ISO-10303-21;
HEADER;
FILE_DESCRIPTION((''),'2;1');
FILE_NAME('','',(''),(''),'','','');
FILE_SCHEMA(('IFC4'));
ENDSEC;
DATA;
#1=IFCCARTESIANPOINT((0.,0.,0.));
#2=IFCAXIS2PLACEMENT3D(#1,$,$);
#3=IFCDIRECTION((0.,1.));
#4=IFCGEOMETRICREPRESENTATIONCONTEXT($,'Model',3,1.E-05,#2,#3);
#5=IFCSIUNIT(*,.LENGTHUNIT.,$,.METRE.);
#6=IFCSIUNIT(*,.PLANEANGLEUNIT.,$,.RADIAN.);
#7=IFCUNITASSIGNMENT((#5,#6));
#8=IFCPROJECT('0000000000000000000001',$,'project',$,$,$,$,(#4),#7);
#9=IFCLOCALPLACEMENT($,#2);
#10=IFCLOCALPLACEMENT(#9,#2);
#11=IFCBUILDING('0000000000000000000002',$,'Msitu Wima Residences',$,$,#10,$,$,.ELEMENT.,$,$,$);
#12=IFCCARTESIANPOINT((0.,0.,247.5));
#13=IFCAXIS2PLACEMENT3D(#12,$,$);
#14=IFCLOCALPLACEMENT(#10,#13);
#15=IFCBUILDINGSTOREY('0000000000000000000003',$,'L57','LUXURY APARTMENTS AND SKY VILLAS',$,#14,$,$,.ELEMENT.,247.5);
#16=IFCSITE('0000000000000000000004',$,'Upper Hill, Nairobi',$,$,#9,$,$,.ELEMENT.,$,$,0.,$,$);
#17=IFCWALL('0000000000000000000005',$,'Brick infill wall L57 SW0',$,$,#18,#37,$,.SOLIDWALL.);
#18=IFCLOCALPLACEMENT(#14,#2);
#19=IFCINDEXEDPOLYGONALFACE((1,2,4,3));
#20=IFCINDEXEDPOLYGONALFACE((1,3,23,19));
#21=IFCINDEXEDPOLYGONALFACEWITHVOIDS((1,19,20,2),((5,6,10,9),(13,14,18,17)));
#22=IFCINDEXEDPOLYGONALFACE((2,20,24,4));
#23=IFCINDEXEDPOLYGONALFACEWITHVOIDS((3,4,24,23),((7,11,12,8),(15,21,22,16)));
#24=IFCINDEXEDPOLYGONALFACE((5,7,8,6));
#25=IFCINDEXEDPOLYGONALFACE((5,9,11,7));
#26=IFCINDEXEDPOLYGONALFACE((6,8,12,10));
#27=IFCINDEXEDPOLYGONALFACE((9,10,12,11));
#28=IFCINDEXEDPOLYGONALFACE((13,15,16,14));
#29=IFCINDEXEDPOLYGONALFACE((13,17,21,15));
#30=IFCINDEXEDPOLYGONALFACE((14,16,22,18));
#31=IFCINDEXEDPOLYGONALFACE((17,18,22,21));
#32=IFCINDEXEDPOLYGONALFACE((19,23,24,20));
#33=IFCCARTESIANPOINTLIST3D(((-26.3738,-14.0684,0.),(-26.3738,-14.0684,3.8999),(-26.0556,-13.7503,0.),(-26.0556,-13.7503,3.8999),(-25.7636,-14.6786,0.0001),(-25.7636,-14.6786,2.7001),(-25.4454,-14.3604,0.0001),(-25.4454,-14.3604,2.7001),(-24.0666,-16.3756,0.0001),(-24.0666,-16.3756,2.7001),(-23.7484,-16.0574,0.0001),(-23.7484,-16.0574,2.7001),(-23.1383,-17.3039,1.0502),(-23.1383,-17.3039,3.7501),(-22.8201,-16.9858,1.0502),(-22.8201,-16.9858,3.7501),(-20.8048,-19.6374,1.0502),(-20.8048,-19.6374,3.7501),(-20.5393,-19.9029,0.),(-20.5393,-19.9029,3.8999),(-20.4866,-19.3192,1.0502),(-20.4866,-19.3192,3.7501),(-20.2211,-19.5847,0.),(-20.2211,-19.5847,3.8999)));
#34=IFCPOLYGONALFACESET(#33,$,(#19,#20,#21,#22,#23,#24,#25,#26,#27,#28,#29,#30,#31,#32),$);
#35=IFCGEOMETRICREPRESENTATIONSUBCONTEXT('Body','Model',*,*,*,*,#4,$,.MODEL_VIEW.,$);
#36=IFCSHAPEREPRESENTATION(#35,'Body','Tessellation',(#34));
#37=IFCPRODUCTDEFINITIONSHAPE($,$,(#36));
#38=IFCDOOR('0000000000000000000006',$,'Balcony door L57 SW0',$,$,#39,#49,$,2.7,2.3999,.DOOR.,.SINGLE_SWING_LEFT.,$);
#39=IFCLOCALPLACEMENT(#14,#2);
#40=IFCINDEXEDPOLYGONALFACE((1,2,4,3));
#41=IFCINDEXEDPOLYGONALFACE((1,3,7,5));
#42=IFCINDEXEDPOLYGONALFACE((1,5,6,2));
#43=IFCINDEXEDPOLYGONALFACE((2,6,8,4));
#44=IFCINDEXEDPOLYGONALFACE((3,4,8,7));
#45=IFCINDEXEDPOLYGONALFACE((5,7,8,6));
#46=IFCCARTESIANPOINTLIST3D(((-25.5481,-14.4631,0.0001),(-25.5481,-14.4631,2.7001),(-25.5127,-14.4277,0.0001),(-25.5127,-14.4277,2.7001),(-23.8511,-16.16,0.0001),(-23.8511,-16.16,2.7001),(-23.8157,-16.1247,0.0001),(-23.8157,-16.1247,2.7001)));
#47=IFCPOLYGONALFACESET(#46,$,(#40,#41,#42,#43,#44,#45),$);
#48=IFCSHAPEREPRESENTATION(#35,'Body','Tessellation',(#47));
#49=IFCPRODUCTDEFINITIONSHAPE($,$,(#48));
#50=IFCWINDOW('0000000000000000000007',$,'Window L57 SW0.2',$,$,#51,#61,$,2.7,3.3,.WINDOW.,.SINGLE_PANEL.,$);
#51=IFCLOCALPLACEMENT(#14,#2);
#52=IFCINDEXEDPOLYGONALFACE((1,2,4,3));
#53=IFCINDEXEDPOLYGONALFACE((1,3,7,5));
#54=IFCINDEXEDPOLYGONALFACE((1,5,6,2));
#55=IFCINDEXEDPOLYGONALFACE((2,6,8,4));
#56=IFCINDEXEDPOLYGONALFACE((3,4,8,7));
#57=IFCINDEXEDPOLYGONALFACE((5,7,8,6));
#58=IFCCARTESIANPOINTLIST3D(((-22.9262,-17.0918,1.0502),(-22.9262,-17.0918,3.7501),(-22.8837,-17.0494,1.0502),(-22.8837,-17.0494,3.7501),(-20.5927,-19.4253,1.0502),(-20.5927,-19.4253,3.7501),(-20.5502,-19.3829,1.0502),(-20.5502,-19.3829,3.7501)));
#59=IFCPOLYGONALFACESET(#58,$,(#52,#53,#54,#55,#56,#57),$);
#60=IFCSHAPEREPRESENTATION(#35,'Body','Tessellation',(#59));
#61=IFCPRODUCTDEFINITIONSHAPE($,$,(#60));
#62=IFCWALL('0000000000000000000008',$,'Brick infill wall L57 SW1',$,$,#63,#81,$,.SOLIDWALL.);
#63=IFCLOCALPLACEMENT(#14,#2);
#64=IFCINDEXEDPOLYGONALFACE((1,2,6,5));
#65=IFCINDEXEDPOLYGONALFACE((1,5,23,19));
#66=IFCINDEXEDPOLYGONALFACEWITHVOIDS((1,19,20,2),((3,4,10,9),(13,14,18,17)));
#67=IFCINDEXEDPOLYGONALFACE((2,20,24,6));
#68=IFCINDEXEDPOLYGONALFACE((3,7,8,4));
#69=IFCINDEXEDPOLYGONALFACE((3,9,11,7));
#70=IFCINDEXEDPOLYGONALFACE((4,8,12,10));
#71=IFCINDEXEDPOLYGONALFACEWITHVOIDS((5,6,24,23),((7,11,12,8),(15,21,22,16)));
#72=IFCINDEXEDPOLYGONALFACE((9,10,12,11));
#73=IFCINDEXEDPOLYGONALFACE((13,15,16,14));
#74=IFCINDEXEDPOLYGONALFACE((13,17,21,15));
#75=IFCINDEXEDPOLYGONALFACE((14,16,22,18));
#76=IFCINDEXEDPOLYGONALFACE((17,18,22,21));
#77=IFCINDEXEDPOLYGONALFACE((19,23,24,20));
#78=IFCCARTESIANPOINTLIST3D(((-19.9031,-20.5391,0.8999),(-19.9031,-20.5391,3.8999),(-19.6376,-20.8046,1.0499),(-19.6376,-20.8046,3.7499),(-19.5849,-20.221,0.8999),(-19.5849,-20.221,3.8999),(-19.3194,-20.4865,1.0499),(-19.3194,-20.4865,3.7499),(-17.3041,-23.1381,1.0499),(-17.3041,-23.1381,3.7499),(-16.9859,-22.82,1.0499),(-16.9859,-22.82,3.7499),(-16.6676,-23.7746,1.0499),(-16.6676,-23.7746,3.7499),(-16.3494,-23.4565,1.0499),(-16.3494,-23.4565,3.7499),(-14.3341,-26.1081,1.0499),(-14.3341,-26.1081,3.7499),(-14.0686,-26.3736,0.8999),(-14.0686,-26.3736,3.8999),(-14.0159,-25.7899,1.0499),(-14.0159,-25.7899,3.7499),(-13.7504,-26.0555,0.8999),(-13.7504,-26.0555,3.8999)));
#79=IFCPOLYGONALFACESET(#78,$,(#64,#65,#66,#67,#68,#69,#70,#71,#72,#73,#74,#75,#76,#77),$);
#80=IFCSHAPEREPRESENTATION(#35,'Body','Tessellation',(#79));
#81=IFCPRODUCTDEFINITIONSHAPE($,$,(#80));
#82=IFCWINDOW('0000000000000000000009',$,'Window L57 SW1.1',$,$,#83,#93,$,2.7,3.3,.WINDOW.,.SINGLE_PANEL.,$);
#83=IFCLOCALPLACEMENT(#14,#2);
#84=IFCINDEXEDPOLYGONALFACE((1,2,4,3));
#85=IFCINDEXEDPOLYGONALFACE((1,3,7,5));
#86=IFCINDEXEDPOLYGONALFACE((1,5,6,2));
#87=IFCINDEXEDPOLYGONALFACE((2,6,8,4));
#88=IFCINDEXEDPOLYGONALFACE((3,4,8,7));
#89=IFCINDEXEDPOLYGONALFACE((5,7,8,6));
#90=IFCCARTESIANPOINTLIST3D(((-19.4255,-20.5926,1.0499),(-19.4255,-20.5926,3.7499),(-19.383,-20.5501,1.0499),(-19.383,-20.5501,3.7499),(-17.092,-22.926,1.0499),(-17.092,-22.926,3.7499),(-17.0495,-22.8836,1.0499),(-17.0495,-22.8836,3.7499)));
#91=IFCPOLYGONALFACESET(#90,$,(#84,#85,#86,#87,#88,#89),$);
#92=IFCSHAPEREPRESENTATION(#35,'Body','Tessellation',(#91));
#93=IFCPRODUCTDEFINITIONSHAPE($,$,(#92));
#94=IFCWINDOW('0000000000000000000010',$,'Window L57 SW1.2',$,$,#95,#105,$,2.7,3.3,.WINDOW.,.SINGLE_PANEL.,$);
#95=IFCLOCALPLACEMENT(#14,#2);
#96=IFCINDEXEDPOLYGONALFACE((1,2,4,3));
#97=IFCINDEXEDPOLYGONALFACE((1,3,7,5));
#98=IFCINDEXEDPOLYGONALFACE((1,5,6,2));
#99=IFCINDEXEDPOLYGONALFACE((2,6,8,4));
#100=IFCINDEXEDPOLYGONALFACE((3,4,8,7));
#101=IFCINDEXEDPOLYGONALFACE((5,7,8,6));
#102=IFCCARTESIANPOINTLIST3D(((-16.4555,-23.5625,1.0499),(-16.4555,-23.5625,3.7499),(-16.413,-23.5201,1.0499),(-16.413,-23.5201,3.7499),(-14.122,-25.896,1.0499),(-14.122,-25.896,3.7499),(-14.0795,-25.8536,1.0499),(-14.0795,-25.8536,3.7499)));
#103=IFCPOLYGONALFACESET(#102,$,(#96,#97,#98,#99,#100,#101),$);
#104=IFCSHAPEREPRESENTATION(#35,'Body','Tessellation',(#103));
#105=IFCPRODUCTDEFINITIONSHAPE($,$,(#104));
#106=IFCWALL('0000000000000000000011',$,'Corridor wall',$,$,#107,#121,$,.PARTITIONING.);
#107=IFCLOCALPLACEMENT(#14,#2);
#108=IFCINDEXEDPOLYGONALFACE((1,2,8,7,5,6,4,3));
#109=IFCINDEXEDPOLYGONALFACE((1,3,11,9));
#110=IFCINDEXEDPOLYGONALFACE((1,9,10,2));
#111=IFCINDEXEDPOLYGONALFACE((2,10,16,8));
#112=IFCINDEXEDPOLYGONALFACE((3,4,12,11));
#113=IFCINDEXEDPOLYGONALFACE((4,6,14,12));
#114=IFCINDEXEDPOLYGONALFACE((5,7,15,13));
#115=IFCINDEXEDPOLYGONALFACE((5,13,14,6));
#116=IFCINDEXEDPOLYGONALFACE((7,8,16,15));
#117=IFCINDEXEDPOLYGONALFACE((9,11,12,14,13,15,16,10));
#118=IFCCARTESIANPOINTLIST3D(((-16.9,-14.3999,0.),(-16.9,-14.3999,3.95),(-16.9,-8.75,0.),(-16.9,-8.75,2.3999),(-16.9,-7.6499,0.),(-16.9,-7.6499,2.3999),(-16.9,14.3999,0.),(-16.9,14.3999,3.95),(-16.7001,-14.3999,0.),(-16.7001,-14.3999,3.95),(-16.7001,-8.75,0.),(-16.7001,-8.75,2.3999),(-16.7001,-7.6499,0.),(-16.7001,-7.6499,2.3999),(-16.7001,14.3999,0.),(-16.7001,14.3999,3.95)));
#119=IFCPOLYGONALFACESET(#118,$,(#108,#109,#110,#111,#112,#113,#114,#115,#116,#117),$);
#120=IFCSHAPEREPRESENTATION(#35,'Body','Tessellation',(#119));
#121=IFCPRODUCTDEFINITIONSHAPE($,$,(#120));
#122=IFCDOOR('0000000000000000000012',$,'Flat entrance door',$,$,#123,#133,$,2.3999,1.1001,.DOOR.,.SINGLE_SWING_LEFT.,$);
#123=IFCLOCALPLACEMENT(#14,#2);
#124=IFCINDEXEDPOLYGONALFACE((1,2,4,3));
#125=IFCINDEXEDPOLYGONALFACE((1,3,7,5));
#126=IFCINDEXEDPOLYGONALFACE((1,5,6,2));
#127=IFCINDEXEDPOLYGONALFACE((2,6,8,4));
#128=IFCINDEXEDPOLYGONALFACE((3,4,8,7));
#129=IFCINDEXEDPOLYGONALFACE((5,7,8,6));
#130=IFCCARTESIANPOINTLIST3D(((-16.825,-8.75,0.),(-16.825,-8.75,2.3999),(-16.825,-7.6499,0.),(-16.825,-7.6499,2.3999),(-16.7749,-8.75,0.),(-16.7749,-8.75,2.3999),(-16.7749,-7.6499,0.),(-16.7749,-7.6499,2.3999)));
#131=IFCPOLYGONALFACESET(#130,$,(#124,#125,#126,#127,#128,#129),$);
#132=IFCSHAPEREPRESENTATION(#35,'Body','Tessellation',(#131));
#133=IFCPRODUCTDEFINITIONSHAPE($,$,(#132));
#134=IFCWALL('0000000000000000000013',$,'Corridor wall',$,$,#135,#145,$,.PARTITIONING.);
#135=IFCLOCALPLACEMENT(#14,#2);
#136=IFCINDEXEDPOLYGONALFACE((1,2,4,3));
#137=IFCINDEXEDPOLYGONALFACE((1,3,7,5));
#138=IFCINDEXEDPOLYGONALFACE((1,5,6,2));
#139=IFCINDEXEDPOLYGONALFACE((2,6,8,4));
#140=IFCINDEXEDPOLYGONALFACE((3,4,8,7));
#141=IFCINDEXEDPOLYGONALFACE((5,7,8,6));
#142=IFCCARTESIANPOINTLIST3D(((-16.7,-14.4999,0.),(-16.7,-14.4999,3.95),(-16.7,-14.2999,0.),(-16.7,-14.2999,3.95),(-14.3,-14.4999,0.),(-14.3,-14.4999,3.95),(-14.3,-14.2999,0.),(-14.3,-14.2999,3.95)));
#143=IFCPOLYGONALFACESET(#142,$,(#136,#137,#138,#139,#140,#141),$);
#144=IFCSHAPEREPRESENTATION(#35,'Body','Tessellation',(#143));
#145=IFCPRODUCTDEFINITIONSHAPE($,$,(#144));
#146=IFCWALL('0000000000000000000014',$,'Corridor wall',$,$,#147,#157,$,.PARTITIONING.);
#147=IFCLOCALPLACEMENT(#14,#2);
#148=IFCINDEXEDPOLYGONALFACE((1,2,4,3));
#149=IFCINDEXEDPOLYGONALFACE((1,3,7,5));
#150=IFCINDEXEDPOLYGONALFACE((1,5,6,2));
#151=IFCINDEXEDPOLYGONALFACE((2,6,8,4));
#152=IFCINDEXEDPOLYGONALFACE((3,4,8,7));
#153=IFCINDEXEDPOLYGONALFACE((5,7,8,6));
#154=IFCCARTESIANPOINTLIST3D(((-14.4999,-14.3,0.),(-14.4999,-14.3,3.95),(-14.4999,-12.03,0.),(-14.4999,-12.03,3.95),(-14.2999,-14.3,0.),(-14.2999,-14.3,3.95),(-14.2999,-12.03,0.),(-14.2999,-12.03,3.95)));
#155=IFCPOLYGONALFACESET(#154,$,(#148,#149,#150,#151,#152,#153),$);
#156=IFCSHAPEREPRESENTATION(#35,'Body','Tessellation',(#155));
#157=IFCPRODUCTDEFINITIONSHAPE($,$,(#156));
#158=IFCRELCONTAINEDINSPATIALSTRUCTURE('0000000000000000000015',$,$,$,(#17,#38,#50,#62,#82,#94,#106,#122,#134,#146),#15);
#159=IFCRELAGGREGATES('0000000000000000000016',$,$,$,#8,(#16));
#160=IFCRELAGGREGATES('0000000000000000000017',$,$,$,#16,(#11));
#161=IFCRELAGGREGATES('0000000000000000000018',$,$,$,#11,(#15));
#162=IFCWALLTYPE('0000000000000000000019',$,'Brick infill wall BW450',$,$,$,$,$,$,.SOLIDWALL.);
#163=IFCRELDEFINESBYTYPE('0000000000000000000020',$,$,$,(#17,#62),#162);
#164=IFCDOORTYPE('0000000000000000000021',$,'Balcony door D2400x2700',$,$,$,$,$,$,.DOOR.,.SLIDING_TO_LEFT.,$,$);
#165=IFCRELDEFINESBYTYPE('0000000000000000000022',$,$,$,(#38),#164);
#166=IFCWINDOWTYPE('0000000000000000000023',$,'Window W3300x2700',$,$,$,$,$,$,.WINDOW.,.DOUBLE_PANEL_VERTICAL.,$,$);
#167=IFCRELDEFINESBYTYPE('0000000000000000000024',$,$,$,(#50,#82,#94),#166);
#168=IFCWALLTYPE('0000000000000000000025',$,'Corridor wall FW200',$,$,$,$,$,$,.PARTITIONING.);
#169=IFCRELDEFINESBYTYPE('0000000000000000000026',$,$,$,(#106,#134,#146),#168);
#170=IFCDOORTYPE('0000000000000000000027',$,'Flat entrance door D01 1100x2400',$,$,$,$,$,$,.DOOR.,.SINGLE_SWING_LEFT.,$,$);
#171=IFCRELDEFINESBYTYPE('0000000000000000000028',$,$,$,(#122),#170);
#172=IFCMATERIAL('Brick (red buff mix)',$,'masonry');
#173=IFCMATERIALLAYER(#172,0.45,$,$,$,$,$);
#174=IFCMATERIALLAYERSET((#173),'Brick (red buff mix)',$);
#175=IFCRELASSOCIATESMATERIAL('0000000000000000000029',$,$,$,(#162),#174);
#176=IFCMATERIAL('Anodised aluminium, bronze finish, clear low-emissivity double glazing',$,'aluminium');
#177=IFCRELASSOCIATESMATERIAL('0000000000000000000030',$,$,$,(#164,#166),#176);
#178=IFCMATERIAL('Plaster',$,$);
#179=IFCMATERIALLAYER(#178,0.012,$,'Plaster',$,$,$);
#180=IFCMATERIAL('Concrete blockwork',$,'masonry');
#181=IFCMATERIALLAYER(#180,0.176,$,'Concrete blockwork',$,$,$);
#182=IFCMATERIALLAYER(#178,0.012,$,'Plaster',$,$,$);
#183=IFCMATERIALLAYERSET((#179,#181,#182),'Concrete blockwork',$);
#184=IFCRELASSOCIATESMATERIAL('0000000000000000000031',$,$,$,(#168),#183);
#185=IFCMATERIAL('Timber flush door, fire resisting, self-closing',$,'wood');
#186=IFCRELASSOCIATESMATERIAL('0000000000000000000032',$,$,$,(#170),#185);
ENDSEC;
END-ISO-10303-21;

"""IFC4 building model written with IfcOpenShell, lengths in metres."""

from ifc_helpers import new_model, si_unit, direction, frame, frame_2d, origin, place, context, subcontext, project, spatial, rectangle, extrude, material, layer, layer_set, type_object, element, fill, save


model = new_model("IFC4")

# Units and contexts
model_context = context("Model", 3, precision=1e-05, world=origin(), true_north=direction((0.0, 1.0)))
body_context = subcontext(model_context, "Body", "Model", "MODEL_VIEW")
ifc_project = project(units=[si_unit("LENGTHUNIT", "METRE"), si_unit("PLANEANGLEUNIT", "RADIAN")], contexts=[model_context])

# Site, building, storey
site_placement = place(None, origin())
site = spatial("IfcSite", under=ifc_project, at=site_placement, Name="Upper Hill, Nairobi", CompositionType="ELEMENT", RefElevation=0.0)
building_placement = place(site_placement, origin())
building = spatial("IfcBuilding", under=site, at=building_placement, Name="Msitu Wima Residences", CompositionType="ELEMENT")
storey_placement = place(building_placement, frame((0.0, 0.0, 247.5)))
storey = spatial("IfcBuildingStorey", under=building, at=storey_placement, Name="L57", Description="LUXURY APARTMENTS AND SKY VILLAS", CompositionType="ELEMENT", Elevation=247.5)

# Wall, openings, door, window
ifc_material_1 = material(Name="Brick (red buff mix)", Category="masonry")
ifc_layer_1 = layer(ifc_material_1, 0.45)
ifc_layer_set_1 = layer_set([ifc_layer_1], Name="Brick (red buff mix)")
wall_type_1 = type_object("IfcWallType", Name="Brick infill wall BW450", PredefinedType="SOLIDWALL", material=ifc_layer_set_1)
wall_1_placement = place(storey_placement, frame((-26.2146, -13.9094, 0.0), z_axis=(0.0, 0.0, 1.0), x_axis=(0.707107, -0.707107, 0.0)))
wall_1 = element("IfcWall", 1, at=wall_1_placement, inside=storey, type_object=wall_type_1, Name="Brick infill wall L57 SW0", PredefinedType="SOLIDWALL", context=body_context, shape_type="SweptSolid", body=[
    extrude(rectangle(XDim=8.2512, YDim=0.45, at=frame_2d((4.1255, 0.0))), origin(), (0.0, 0.0, 1.0), 3.8999),
])
opening_1_placement = place(wall_1_placement, frame((0.8628, 0.0, 0.0)))
opening_1 = element("IfcOpeningElement", 2, at=opening_1_placement, cuts=wall_1, PredefinedType="OPENING", context=body_context, shape_type="SweptSolid", body=[
    extrude(rectangle(XDim=2.3999, YDim=2.7, at=frame_2d((1.2, 1.3501))), frame((0.0, 0.2349, 0.0), z_axis=(0.0, -1.0, 0.0), x_axis=(1.0, 0.0, 0.0)), (0.0, 0.0, 1.0), 0.47),
])
opening_2_placement = place(wall_1_placement, frame((4.5757, 0.0, 1.05)))
opening_2 = element("IfcOpeningElement", 3, at=opening_2_placement, cuts=wall_1, PredefinedType="OPENING", context=body_context, shape_type="SweptSolid", body=[
    extrude(rectangle(XDim=3.3, YDim=2.7, at=frame_2d((1.6499, 1.3501))), frame((0.0, 0.2349, 0.0), z_axis=(0.0, -1.0, 0.0), x_axis=(1.0, 0.0, 0.0)), (0.0, 0.0, 1.0), 0.47),
])
ifc_material_2 = material(Name="Anodised aluminium, bronze finish, clear low-emissivity double glazing", Category="aluminium")
door_type_1 = type_object("IfcDoorType", Name="Balcony door D2400x2700", OperationType="SLIDING_TO_LEFT", PredefinedType="DOOR", material=ifc_material_2)
door_1_placement = place(opening_1_placement, origin())
door_1 = element("IfcDoor", 4, at=door_1_placement, inside=storey, type_object=door_type_1, Name="Balcony door L57 SW0", OperationType="SINGLE_SWING_LEFT", OverallHeight=2.7, OverallWidth=2.3999, PredefinedType="DOOR", context=body_context, shape_type="SweptSolid", body=[
    extrude(rectangle(XDim=2.3999, YDim=2.7, at=frame_2d((1.2, 1.3501))), frame((0.0, 0.1299, 0.0), z_axis=(0.0, -1.0, 0.0), x_axis=(1.0, 0.0, 0.0)), (0.0, 0.0, 1.0), 0.05),
])
fill(opening_1, door_1)
window_type = type_object("IfcWindowType", Name="Window W3300x2700", PartitioningType="DOUBLE_PANEL_VERTICAL", PredefinedType="WINDOW", material=ifc_material_2)
window_1_placement = place(opening_2_placement, origin())
window_1 = element("IfcWindow", 5, at=window_1_placement, inside=storey, type_object=window_type, Name="Window L57 SW0.2", OverallHeight=2.7, OverallWidth=3.3, PartitioningType="SINGLE_PANEL", PredefinedType="WINDOW", context=body_context, shape_type="SweptSolid", body=[
    extrude(rectangle(XDim=3.3, YDim=2.7, at=frame_2d((1.6499, 1.3501))), frame((0.0, 0.135, 0.0), z_axis=(0.0, -1.0, 0.0), x_axis=(1.0, 0.0, 0.0)), (0.0, 0.0, 1.0), 0.0601),
])
fill(opening_2, window_1)

# Wall, openings, windows
wall_2_placement = place(storey_placement, frame((-19.7439, -20.3801, 0.8999), z_axis=(0.0, 0.0, 1.0), x_axis=(0.707107, -0.707107, 0.0)))
wall_2 = element("IfcWall", 6, at=wall_2_placement, inside=storey, type_object=wall_type_1, Name="Brick infill wall L57 SW1", PredefinedType="SOLIDWALL", context=body_context, shape_type="SweptSolid", body=[
    extrude(rectangle(XDim=8.2512, YDim=0.45, at=frame_2d((4.1255, 0.0))), origin(), (0.0, 0.0, 1.0), 3.0),
])
opening_3_placement = place(wall_2_placement, frame((0.3755, 0.0, 0.1499)))
opening_3 = element("IfcOpeningElement", 7, at=opening_3_placement, cuts=wall_2, PredefinedType="OPENING", context=body_context, shape_type="SweptSolid", body=[
    extrude(rectangle(XDim=3.3, YDim=2.7, at=frame_2d((1.6499, 1.3501))), frame((0.0, 0.2349, 0.0), z_axis=(0.0, -1.0, 0.0), x_axis=(1.0, 0.0, 0.0)), (0.0, 0.0, 1.0), 0.47),
])
opening_4_placement = place(wall_2_placement, frame((4.5757, 0.0, 0.1499)))
opening_4 = element("IfcOpeningElement", 8, at=opening_4_placement, cuts=wall_2, PredefinedType="OPENING", context=body_context, shape_type="SweptSolid", body=[
    extrude(rectangle(XDim=3.3, YDim=2.7, at=frame_2d((1.6499, 1.3501))), frame((0.0, 0.2349, 0.0), z_axis=(0.0, -1.0, 0.0), x_axis=(1.0, 0.0, 0.0)), (0.0, 0.0, 1.0), 0.47),
])
window_2_placement = place(opening_3_placement, origin())
window_2 = element("IfcWindow", 9, at=window_2_placement, inside=storey, type_object=window_type, Name="Window L57 SW1.1", OverallHeight=2.7, OverallWidth=3.3, PartitioningType="SINGLE_PANEL", PredefinedType="WINDOW", context=body_context, shape_type="SweptSolid", body=[
    extrude(rectangle(XDim=3.3, YDim=2.7, at=frame_2d((1.6499, 1.3501))), frame((0.0, 0.135, 0.0), z_axis=(0.0, -1.0, 0.0), x_axis=(1.0, 0.0, 0.0)), (0.0, 0.0, 1.0), 0.0601),
])
fill(opening_3, window_2)
window_3_placement = place(opening_4_placement, origin())
window_3 = element("IfcWindow", 10, at=window_3_placement, inside=storey, type_object=window_type, Name="Window L57 SW1.2", OverallHeight=2.7, OverallWidth=3.3, PartitioningType="SINGLE_PANEL", PredefinedType="WINDOW", context=body_context, shape_type="SweptSolid", body=[
    extrude(rectangle(XDim=3.3, YDim=2.7, at=frame_2d((1.6499, 1.3501))), frame((0.0, 0.135, 0.0), z_axis=(0.0, -1.0, 0.0), x_axis=(1.0, 0.0, 0.0)), (0.0, 0.0, 1.0), 0.0601),
])
fill(opening_4, window_3)

# Wall, opening, door
ifc_material_3 = material(Name="Plaster")
ifc_layer_2 = layer(ifc_material_3, 0.012, Name="Plaster")
ifc_material_4 = material(Name="Concrete blockwork", Category="masonry")
ifc_layer_3 = layer(ifc_material_4, 0.176, Name="Concrete blockwork")
ifc_layer_4 = layer(ifc_material_3, 0.012, Name="Plaster")
ifc_layer_set_2 = layer_set([ifc_layer_2, ifc_layer_3, ifc_layer_4], Name="Concrete blockwork")
wall_type_2 = type_object("IfcWallType", Name="Corridor wall FW200", PredefinedType="PARTITIONING", material=ifc_layer_set_2)
wall_3_placement = place(storey_placement, frame((-16.8, -14.3999, 0.0), z_axis=(0.0, 0.0, 1.0), x_axis=(0.0, 1.0, 0.0)))
wall_3 = element("IfcWall", 11, at=wall_3_placement, inside=storey, type_object=wall_type_2, Name="Corridor wall", PredefinedType="PARTITIONING", context=body_context, shape_type="SweptSolid", body=[
    extrude(rectangle(XDim=28.7998, YDim=0.2, at=frame_2d((14.3999, 0.0))), origin(), (0.0, 0.0, 1.0), 3.95),
])
opening_5_placement = place(wall_3_placement, frame((5.6499, 0.0, 0.0)))
opening_5 = element("IfcOpeningElement", 12, at=opening_5_placement, cuts=wall_3, PredefinedType="OPENING", context=body_context, shape_type="SweptSolid", body=[
    extrude(rectangle(XDim=1.1001, YDim=2.3999, at=frame_2d((0.55, 1.2))), frame((0.0, 0.1099, 0.0), z_axis=(0.0, -1.0, 0.0), x_axis=(1.0, 0.0, 0.0)), (0.0, 0.0, 1.0), 0.22),
])
ifc_material_5 = material(Name="Timber flush door, fire resisting, self-closing", Category="wood")
door_type_2 = type_object("IfcDoorType", Name="Flat entrance door D01 1100x2400", OperationType="SINGLE_SWING_LEFT", PredefinedType="DOOR", material=ifc_material_5)
door_2_placement = place(opening_5_placement, origin())
door_2 = element("IfcDoor", 13, at=door_2_placement, inside=storey, type_object=door_type_2, Name="Flat entrance door", OperationType="SINGLE_SWING_LEFT", OverallHeight=2.3999, OverallWidth=1.1001, PredefinedType="DOOR", context=body_context, shape_type="SweptSolid", body=[
    extrude(rectangle(XDim=1.1001, YDim=2.3999, at=frame_2d((0.55, 1.2))), frame((0.0, 0.0249, 0.0), z_axis=(0.0, -1.0, 0.0), x_axis=(1.0, 0.0, 0.0)), (0.0, 0.0, 1.0), 0.05),
])
fill(opening_5, door_2)

# Walls
wall_4_placement = place(storey_placement, frame((-16.7, -14.3999, 0.0), z_axis=(0.0, 0.0, 1.0), x_axis=(1.0, 0.0, 0.0)))
element("IfcWall", 14, at=wall_4_placement, inside=storey, type_object=wall_type_2, Name="Corridor wall", PredefinedType="PARTITIONING", context=body_context, shape_type="SweptSolid", body=[
    extrude(rectangle(XDim=2.3999, YDim=0.2, at=frame_2d((1.2, 0.0))), origin(), (0.0, 0.0, 1.0), 3.95),
])
wall_5_placement = place(storey_placement, frame((-14.3999, -14.3, 0.0), z_axis=(0.0, 0.0, 1.0), x_axis=(0.0, 1.0, 0.0)))
element("IfcWall", 15, at=wall_5_placement, inside=storey, type_object=wall_type_2, Name="Corridor wall", PredefinedType="PARTITIONING", context=body_context, shape_type="SweptSolid", body=[
    extrude(rectangle(XDim=2.27, YDim=0.2, at=frame_2d((1.135, 0.0))), origin(), (0.0, 0.0, 1.0), 3.95),
])

save(model, "model.ifc")
